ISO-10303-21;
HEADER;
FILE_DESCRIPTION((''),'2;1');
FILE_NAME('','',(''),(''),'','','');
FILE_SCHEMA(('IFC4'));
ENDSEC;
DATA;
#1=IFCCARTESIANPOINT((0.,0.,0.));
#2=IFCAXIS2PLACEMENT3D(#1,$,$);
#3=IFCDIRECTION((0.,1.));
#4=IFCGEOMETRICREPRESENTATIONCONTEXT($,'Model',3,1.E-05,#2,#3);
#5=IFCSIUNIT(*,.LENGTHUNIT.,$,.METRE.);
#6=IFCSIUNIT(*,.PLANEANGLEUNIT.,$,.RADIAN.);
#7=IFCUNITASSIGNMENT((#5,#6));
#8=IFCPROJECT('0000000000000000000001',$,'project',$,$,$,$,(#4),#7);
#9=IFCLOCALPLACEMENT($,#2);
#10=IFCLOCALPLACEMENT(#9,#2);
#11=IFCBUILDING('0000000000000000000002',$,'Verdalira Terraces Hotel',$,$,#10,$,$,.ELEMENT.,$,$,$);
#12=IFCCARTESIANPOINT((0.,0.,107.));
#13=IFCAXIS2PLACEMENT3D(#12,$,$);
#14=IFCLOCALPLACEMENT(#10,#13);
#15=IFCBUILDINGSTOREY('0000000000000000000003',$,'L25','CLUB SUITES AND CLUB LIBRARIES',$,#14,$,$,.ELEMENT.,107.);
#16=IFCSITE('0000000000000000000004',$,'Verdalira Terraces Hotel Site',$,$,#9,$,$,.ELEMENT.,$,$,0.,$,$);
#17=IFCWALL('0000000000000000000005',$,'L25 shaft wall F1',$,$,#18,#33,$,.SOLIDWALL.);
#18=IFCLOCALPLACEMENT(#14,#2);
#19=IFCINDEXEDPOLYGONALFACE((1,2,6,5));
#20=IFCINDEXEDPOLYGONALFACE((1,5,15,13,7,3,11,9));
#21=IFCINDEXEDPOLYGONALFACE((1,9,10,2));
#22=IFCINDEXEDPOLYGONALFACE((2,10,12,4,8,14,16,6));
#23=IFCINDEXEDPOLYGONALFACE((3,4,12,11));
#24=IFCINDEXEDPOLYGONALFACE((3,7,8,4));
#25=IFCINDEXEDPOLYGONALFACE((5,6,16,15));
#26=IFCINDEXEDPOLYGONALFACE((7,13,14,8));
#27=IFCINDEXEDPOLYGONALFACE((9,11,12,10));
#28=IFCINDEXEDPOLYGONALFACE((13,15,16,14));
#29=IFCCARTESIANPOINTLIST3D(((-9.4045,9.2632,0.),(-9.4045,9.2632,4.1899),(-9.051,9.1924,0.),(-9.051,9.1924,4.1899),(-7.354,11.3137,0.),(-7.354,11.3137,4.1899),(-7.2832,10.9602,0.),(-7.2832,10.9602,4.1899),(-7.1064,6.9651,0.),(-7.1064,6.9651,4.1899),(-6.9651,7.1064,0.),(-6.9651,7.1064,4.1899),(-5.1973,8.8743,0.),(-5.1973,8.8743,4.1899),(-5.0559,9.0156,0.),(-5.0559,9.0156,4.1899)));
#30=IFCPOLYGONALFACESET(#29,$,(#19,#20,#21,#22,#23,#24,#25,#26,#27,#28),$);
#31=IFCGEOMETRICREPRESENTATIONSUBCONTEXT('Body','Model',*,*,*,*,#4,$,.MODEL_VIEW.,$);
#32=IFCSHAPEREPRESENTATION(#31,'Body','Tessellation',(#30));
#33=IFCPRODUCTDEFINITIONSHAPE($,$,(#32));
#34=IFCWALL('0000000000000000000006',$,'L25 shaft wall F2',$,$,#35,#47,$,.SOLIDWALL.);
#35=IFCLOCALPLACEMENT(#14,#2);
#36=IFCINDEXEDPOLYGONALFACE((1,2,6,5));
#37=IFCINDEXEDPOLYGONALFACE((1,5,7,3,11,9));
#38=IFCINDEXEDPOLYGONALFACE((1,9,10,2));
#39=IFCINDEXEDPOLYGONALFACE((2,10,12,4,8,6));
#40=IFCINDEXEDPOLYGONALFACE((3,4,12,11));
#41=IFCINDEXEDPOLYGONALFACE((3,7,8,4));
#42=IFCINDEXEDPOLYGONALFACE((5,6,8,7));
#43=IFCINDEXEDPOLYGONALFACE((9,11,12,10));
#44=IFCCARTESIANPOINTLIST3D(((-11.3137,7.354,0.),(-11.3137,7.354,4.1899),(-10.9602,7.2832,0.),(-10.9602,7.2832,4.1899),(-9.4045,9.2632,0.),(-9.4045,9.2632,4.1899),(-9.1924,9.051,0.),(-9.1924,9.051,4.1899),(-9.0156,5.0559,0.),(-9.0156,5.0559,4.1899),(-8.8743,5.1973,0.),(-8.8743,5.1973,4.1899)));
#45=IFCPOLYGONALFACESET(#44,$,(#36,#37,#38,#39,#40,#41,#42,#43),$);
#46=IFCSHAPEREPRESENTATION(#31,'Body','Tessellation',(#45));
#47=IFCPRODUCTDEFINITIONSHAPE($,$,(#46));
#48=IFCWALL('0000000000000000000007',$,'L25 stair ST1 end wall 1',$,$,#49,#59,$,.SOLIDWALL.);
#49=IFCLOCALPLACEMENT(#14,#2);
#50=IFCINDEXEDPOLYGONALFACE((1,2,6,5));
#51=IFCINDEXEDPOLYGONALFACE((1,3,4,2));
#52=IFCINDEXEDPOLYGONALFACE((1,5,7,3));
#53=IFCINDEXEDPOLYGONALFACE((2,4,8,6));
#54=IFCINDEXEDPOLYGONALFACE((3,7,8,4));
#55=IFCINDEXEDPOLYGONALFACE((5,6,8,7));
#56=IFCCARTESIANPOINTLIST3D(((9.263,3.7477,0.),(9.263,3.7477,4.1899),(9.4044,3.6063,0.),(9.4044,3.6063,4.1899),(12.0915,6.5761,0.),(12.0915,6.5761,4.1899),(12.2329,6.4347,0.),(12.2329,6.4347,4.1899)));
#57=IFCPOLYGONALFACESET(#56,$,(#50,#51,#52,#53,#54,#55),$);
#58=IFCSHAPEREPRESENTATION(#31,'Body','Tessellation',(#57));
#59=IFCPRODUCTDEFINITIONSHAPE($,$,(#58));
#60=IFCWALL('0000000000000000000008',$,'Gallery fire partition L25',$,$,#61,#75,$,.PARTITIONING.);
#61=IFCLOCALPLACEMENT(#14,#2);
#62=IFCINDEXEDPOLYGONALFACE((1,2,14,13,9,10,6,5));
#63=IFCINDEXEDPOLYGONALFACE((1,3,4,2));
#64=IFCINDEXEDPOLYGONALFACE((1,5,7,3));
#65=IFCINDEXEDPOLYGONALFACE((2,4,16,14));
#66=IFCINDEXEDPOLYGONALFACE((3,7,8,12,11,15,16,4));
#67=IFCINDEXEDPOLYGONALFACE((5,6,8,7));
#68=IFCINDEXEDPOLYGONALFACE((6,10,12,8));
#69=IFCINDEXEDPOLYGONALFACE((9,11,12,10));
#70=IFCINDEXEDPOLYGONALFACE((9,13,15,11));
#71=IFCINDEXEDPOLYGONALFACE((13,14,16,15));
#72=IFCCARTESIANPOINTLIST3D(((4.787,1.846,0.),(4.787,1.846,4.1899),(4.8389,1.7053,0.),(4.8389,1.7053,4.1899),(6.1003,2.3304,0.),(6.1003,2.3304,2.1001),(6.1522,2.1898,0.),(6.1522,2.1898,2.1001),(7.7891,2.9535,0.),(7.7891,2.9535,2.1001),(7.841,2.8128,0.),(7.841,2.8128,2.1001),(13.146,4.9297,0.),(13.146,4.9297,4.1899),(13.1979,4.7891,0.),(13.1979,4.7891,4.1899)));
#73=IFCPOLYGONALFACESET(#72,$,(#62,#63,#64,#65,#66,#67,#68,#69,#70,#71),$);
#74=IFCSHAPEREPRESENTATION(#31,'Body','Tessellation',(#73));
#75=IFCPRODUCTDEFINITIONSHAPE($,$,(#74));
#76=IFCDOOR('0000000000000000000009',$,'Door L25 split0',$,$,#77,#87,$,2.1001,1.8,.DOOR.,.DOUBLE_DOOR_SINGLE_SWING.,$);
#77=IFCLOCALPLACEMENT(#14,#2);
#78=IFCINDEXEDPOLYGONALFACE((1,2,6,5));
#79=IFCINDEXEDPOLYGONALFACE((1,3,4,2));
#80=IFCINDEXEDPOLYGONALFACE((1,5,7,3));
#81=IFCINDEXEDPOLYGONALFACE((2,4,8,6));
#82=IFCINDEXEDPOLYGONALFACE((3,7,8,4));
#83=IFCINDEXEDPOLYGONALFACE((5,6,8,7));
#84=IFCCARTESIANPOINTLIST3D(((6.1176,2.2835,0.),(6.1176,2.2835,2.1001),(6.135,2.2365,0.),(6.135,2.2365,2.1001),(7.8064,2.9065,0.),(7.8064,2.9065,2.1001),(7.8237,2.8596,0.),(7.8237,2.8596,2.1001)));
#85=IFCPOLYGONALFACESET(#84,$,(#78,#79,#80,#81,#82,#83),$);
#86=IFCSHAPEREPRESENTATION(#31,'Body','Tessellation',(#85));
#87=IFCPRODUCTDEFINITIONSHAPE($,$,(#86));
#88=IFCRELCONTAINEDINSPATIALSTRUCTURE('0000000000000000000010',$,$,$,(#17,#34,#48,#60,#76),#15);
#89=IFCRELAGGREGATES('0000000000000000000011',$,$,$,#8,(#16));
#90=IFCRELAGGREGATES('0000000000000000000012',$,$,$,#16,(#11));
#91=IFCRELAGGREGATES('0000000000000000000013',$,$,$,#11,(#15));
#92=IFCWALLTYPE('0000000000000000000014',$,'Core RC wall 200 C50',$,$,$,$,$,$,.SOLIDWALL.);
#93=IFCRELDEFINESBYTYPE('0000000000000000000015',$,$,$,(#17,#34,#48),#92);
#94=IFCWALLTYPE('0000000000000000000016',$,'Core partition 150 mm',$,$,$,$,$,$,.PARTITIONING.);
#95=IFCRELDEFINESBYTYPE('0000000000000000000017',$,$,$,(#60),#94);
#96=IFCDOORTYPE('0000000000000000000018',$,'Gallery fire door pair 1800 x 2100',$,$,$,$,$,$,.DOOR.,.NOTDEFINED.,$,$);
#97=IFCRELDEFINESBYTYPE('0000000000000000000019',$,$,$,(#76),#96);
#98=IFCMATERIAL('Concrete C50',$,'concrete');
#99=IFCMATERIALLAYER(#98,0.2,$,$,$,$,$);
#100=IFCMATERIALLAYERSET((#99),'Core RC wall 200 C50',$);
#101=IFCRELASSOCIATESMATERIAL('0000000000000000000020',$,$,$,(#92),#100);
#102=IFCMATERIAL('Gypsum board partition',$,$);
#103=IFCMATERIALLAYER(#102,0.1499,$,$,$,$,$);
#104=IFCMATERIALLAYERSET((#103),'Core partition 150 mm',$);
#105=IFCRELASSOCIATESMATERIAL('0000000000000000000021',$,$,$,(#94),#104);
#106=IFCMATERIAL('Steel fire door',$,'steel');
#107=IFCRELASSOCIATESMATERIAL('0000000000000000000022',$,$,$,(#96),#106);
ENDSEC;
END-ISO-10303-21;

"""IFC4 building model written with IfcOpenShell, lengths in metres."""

from ifc_helpers import new_model, si_unit, direction, frame, frame_2d, origin, place, context, subcontext, project, spatial, polyline, rectangle, outline, extrude, material, layer, layer_set, type_object, element, fill, save


model = new_model("IFC4")

# Units and contexts
model_context = context("Model", 3, precision=1e-05, world=origin(), true_north=direction((0.0, 1.0)))
body_context = subcontext(model_context, "Body", "Model", "MODEL_VIEW")
ifc_project = project(units=[si_unit("LENGTHUNIT", "METRE"), si_unit("PLANEANGLEUNIT", "RADIAN")], contexts=[model_context])

# Site, building, storey
site_placement = place(None, origin())
site = spatial("IfcSite", under=ifc_project, at=site_placement, Name="Verdalira Terraces Hotel Site", CompositionType="ELEMENT", RefElevation=0.0)
building_placement = place(site_placement, origin())
building = spatial("IfcBuilding", under=site, at=building_placement, Name="Verdalira Terraces Hotel", CompositionType="ELEMENT")
storey_placement = place(building_placement, frame((0.0, 0.0, 107.0)))
storey = spatial("IfcBuildingStorey", under=building, at=storey_placement, Name="L25", Description="CLUB SUITES AND CLUB LIBRARIES", CompositionType="ELEMENT", Elevation=107.0)

# Shared definitions
ifc_material_1 = material(Name="Concrete C50", Category="concrete")
ifc_layer_1 = layer(ifc_material_1, 0.2)
ifc_layer_set_1 = layer_set([ifc_layer_1], Name="Core RC wall 200 C50")
wall_type_1 = type_object("IfcWallType", Name="Core RC wall 200 C50", PredefinedType="SOLIDWALL", material=ifc_layer_set_1)

# Walls
wall_1_placement = place(storey_placement, origin())
element("IfcWall", 1, at=wall_1_placement, inside=storey, type_object=wall_type_1, Name="L25 shaft wall F1", PredefinedType="SOLIDWALL", context=body_context, shape_type="SweptSolid", body=[
    extrude(outline(polyline([(-9.4045, 9.2632), (-7.354, 11.3137), (-5.0559, 9.0156), (-5.1973, 8.8743), (-7.2832, 10.9602), (-9.051, 9.1924), (-6.9651, 7.1064), (-7.1064, 6.9651), (-9.4045, 9.2632)])), origin(), (0.0, 0.0, 1.0), 4.1899),
])
wall_2_placement = place(storey_placement, origin())
element("IfcWall", 2, at=wall_2_placement, inside=storey, type_object=wall_type_1, Name="L25 shaft wall F2", PredefinedType="SOLIDWALL", context=body_context, shape_type="SweptSolid", body=[
    extrude(outline(polyline([(-11.3137, 7.354), (-9.4045, 9.2632), (-9.1924, 9.051), (-10.9602, 7.2832), (-8.8743, 5.1973), (-9.0156, 5.0559), (-11.3137, 7.354)])), origin(), (0.0, 0.0, 1.0), 4.1899),
])
wall_3_placement = place(storey_placement, frame((9.3337, 3.677, 0.0), z_axis=(0.0, 0.0, 1.0), x_axis=(0.707107, 0.707107, 0.0)))
element("IfcWall", 3, at=wall_3_placement, inside=storey, type_object=wall_type_1, Name="L25 stair ST1 end wall 1", PredefinedType="SOLIDWALL", context=body_context, shape_type="SweptSolid", body=[
    extrude(rectangle(XDim=4.0, YDim=0.2, at=frame_2d((2.0, 0.0))), origin(), (0.0, 0.0, 1.0), 4.1899),
])

# Wall, opening, door
ifc_material_2 = material(Name="Gypsum board partition")
ifc_layer_2 = layer(ifc_material_2, 0.1499)
ifc_layer_set_2 = layer_set([ifc_layer_2], Name="Core partition 150 mm")
wall_type_2 = type_object("IfcWallType", Name="Core partition 150 mm", PredefinedType="PARTITIONING", material=ifc_layer_set_2)
wall_4_placement = place(storey_placement, frame((4.813, 1.7756, 0.0), z_axis=(0.0, 0.0, 1.0), x_axis=(0.938192, 0.346115, 0.0)))
wall_4 = element("IfcWall", 4, at=wall_4_placement, inside=storey, type_object=wall_type_2, Name="Gallery fire partition L25", PredefinedType="PARTITIONING", context=body_context, shape_type="SweptSolid", body=[
    extrude(rectangle(XDim=8.9097, YDim=0.1499, at=frame_2d((4.4548, 0.0))), origin(), (0.0, 0.0, 1.0), 4.1899),
])
opening_1_placement = place(wall_4_placement, frame((1.3999, 0.0, 0.0)))
opening_1 = element("IfcOpeningElement", 5, at=opening_1_placement, cuts=wall_4, PredefinedType="OPENING", context=body_context, shape_type="SweptSolid", body=[
    extrude(rectangle(XDim=1.8, YDim=2.1001, at=frame_2d((0.8999, 1.05))), frame((0.0, 0.085, 0.0), z_axis=(0.0, -1.0, 0.0), x_axis=(1.0, 0.0, 0.0)), (0.0, 0.0, 1.0), 0.1699),
])
ifc_material_3 = material(Name="Steel fire door", Category="steel")
door_type_1 = type_object("IfcDoorType", Name="Gallery fire door pair 1800 x 2100", OperationType="NOTDEFINED", PredefinedType="DOOR", material=ifc_material_3)
door_1_placement = place(opening_1_placement, origin())
door_1 = element("IfcDoor", 6, at=door_1_placement, inside=storey, type_object=door_type_1, Name="Door L25 split0", OperationType="DOUBLE_DOOR_SINGLE_SWING", OverallHeight=2.1001, OverallWidth=1.8, PredefinedType="DOOR", context=body_context, shape_type="SweptSolid", body=[
    extrude(rectangle(XDim=1.8, YDim=2.1001, at=frame_2d((0.8999, 1.05))), frame((0.0, 0.0249, 0.0), z_axis=(0.0, -1.0, 0.0), x_axis=(1.0, 0.0, 0.0)), (0.0, 0.0, 1.0), 0.05),
])
fill(opening_1, door_1)

save(model, "model.ifc")
